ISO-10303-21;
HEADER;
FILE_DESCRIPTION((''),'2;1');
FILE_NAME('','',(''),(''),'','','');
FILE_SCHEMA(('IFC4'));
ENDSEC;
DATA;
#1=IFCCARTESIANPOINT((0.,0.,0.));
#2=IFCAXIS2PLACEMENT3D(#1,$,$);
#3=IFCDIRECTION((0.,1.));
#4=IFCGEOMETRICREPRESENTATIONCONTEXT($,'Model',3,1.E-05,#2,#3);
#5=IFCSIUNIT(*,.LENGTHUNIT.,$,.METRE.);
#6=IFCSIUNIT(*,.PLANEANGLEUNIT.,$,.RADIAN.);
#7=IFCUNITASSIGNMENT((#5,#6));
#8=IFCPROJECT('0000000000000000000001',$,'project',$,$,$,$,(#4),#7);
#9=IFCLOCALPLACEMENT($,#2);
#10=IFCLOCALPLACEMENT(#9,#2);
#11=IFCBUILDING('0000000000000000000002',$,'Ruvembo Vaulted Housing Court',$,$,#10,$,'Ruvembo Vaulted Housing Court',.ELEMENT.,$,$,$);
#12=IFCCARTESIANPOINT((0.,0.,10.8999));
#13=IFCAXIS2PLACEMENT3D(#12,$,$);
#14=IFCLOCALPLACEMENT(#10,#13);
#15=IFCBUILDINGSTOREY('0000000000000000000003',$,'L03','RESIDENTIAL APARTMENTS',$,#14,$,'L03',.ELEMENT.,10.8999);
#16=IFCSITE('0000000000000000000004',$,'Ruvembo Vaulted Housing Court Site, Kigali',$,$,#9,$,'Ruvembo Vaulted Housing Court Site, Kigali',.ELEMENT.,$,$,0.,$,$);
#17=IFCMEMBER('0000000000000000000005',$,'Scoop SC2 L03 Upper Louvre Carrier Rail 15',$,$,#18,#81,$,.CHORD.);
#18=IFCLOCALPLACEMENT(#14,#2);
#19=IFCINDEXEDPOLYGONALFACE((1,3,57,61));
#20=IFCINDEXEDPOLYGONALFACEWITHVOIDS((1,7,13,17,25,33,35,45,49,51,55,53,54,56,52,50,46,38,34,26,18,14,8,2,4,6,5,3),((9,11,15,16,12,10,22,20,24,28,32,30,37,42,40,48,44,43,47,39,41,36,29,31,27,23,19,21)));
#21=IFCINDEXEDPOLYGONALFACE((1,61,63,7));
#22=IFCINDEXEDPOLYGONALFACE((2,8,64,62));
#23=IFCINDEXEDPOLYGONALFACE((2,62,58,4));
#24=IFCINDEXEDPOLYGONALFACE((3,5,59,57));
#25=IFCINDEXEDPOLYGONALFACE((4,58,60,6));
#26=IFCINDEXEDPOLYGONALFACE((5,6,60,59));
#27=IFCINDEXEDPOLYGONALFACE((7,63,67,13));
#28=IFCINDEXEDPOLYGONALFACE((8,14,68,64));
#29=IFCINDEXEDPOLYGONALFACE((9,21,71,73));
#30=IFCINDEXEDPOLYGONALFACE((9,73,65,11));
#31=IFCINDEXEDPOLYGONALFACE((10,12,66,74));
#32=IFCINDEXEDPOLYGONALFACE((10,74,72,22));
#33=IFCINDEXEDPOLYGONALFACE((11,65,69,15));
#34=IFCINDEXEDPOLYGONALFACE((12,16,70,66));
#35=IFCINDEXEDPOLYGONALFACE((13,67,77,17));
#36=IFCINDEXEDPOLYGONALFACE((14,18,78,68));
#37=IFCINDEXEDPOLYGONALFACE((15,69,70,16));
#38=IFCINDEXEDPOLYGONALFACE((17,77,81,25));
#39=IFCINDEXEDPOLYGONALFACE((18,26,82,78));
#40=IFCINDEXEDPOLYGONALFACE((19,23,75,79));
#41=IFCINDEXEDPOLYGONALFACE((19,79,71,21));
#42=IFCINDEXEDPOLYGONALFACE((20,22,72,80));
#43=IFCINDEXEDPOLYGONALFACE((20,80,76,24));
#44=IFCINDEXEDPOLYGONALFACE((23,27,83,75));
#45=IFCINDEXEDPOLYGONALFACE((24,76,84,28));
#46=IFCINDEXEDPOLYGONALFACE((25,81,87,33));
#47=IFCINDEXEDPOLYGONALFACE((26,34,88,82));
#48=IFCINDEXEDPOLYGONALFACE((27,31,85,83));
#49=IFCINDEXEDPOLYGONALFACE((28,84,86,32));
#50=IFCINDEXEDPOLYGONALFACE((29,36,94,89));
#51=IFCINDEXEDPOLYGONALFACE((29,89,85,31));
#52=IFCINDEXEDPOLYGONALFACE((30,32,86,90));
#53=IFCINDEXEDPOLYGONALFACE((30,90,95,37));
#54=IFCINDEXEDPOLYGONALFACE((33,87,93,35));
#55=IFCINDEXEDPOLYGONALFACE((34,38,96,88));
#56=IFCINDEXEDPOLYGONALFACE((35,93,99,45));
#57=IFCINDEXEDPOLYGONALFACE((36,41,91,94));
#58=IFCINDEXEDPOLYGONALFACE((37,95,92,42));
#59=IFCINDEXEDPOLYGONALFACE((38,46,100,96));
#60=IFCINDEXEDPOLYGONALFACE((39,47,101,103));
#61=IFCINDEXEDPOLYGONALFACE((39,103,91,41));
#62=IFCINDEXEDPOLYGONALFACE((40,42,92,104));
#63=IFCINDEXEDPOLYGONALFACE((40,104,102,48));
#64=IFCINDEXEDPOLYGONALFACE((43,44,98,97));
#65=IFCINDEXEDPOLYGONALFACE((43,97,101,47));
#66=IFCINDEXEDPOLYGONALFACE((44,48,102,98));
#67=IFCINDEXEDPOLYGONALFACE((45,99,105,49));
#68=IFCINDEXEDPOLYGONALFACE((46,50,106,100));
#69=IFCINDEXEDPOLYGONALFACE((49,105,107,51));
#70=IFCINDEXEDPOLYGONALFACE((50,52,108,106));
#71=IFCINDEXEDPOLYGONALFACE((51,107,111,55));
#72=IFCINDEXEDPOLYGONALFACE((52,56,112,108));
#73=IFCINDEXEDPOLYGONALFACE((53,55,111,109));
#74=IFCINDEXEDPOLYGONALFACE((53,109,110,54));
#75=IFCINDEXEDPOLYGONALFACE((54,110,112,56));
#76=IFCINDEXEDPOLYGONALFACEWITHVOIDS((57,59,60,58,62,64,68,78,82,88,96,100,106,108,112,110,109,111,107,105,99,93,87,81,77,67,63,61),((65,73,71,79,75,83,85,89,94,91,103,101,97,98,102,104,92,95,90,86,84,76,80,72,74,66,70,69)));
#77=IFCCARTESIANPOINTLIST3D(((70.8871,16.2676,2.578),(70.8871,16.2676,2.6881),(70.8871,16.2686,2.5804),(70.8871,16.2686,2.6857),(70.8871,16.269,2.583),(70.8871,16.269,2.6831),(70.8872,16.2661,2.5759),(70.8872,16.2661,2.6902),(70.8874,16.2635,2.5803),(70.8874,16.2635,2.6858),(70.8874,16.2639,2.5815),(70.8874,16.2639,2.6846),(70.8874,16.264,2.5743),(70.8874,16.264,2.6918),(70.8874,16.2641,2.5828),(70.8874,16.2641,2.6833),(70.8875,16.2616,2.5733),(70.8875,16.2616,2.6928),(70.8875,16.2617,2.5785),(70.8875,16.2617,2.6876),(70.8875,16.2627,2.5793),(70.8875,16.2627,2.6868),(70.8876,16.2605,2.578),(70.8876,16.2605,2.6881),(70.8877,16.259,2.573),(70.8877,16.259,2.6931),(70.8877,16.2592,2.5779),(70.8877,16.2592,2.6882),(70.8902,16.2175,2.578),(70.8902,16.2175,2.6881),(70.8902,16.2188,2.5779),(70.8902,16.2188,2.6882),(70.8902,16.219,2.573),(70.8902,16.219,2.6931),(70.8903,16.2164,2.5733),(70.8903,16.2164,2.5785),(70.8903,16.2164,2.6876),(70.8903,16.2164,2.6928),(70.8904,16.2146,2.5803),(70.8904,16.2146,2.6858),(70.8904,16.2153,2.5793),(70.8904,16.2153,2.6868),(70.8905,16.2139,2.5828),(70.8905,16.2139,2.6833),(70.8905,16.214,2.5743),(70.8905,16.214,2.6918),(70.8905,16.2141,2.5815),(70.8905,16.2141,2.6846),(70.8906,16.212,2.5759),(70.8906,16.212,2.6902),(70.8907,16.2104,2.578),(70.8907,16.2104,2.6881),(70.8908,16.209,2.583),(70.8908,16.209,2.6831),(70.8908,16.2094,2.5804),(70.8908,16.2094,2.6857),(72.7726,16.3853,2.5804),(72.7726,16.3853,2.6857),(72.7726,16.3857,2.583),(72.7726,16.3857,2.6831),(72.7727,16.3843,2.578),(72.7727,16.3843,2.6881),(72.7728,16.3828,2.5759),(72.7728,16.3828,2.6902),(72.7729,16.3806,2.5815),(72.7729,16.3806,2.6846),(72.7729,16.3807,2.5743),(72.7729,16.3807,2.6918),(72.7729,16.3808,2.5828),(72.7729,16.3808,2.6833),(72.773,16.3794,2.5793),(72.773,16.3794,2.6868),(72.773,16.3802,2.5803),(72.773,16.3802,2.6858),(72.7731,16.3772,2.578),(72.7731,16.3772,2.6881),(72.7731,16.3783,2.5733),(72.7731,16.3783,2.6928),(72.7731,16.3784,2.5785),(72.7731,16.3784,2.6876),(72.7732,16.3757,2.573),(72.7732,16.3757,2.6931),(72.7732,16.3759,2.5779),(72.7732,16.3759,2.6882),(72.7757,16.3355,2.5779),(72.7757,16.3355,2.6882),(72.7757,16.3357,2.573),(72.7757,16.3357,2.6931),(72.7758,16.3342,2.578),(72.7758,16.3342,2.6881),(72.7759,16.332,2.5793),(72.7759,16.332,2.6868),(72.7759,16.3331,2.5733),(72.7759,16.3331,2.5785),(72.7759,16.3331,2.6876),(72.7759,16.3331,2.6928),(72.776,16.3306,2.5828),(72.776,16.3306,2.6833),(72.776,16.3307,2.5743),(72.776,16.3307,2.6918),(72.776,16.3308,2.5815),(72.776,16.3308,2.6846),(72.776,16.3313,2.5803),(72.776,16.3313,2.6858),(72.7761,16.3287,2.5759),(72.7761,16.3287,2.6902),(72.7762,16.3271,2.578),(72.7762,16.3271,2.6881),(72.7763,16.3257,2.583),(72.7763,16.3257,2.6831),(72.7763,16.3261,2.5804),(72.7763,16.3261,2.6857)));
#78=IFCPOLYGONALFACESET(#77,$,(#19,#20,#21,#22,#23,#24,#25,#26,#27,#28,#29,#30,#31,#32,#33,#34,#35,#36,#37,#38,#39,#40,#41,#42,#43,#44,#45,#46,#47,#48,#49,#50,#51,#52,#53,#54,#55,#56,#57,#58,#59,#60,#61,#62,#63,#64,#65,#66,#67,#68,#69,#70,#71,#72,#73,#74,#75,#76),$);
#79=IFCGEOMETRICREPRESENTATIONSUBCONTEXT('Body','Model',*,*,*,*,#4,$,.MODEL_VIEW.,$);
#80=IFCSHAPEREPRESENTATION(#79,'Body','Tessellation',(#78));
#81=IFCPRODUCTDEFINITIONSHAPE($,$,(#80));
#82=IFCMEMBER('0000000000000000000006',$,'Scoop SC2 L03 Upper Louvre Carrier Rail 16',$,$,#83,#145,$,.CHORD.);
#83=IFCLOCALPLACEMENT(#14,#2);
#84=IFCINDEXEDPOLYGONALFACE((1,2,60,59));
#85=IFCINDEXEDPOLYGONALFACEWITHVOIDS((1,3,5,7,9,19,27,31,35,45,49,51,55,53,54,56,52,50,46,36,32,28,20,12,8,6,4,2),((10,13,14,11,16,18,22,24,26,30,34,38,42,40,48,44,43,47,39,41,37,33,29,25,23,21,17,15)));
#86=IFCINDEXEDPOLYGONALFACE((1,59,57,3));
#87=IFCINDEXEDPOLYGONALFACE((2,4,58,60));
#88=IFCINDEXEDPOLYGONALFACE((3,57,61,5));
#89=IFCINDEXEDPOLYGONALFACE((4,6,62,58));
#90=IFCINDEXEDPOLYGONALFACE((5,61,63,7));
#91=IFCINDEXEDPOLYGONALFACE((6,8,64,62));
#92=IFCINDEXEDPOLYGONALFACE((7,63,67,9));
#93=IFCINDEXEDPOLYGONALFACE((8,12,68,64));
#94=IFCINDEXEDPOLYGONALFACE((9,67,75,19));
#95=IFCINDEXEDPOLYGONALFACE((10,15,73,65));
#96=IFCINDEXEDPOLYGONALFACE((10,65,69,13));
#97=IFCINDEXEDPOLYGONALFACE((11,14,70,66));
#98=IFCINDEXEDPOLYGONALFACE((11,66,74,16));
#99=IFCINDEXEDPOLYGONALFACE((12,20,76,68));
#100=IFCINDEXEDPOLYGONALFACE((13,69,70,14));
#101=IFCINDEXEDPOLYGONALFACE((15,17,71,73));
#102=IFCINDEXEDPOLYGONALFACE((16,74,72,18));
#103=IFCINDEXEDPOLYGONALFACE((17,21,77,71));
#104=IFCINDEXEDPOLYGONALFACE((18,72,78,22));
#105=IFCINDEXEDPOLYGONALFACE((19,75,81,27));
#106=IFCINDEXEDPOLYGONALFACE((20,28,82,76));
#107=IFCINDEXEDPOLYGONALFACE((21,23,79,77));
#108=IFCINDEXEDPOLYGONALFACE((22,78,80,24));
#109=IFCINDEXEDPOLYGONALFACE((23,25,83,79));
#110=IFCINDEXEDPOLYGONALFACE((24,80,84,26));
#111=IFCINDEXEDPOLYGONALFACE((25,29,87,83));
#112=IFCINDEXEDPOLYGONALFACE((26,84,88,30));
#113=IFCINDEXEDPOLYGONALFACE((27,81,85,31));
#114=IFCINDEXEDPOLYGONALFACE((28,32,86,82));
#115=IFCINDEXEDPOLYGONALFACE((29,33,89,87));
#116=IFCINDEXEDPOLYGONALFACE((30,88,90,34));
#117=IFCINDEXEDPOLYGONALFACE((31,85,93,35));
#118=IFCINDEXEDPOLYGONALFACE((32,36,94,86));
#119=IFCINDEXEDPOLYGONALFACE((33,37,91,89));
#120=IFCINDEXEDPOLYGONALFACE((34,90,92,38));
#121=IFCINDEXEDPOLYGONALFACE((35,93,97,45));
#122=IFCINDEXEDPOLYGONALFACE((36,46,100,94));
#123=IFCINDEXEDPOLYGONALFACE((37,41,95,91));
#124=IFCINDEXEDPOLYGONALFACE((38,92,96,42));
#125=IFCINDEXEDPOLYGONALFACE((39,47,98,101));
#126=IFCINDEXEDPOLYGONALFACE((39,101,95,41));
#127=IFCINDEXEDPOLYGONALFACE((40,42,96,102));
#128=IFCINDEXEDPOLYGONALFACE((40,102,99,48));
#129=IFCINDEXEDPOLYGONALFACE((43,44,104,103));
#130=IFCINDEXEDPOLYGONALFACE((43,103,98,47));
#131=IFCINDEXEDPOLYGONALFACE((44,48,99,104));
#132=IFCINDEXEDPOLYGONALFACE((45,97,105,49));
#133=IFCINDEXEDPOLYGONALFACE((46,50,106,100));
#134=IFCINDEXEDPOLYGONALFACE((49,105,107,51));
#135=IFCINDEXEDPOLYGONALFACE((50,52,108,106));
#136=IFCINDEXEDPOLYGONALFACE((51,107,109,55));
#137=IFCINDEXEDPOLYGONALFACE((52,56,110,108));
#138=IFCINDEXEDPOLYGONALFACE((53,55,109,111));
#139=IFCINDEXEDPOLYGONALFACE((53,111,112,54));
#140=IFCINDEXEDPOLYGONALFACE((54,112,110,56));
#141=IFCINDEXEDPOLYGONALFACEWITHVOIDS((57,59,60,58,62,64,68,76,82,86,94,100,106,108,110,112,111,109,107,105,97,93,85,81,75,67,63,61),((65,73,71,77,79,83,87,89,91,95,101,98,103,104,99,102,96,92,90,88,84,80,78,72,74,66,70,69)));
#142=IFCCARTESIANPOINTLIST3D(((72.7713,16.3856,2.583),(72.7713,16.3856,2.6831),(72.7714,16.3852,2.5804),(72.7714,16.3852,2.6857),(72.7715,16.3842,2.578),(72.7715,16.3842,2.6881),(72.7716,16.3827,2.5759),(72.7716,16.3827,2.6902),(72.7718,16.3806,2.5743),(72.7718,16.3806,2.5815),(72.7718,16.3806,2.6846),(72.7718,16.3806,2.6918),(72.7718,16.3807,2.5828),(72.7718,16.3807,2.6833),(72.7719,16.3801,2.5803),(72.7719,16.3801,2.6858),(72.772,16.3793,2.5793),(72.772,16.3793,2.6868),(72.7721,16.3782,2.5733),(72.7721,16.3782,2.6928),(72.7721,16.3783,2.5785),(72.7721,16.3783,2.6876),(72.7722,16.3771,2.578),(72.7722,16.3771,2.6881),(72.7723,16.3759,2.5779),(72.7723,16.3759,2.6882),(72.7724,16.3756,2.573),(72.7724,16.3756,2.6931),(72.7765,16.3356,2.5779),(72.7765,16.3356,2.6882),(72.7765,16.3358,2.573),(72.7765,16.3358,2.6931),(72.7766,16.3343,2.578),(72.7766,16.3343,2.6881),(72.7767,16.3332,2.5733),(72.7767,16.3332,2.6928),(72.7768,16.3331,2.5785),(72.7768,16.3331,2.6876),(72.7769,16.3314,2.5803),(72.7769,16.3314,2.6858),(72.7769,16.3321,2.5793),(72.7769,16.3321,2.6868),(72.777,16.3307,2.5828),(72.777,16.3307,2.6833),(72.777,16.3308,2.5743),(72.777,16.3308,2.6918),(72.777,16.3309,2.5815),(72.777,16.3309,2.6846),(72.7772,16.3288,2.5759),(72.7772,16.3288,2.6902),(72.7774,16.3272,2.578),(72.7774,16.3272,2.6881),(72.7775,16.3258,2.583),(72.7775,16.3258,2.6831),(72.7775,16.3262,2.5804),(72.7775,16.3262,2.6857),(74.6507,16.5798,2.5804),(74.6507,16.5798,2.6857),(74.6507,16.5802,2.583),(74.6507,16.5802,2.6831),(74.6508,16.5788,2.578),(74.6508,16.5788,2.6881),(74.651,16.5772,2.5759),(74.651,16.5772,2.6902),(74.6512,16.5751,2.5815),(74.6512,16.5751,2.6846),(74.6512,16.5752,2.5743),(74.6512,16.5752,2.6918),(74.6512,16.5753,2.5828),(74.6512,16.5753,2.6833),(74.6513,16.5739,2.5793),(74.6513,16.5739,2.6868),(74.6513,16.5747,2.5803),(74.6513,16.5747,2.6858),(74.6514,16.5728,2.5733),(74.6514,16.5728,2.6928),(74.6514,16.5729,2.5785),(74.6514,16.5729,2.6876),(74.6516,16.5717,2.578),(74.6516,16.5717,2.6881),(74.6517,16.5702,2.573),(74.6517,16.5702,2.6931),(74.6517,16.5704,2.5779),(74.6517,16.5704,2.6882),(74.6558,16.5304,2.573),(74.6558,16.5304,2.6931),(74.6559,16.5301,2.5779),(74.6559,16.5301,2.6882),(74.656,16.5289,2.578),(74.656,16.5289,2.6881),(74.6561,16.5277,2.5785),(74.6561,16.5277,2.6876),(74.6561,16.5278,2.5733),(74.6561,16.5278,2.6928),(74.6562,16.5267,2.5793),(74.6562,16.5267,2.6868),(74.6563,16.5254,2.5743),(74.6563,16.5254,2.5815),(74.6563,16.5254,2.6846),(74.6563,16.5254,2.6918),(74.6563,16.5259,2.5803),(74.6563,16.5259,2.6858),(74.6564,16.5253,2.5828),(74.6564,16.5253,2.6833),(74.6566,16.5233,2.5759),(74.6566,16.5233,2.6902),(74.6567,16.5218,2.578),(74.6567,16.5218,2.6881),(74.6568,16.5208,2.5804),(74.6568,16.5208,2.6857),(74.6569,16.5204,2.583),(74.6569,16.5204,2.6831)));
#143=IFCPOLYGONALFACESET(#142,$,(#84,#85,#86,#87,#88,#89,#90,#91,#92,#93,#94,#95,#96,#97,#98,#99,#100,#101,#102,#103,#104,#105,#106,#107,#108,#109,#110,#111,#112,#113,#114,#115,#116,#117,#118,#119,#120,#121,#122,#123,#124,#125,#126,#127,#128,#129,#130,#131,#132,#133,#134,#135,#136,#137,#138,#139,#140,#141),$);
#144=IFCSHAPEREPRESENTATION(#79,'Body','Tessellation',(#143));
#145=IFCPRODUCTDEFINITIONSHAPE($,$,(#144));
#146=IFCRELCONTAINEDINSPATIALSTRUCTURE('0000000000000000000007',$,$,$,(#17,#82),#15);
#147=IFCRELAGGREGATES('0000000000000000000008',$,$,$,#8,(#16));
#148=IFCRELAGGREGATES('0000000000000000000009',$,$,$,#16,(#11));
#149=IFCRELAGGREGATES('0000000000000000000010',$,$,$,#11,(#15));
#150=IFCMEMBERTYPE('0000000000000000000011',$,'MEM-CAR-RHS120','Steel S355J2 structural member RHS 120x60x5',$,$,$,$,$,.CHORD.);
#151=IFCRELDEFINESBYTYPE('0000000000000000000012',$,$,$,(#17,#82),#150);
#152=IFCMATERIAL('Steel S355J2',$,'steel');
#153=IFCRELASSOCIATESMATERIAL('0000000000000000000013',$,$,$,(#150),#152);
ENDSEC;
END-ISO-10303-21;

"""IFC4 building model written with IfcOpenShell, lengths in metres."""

from ifc_helpers import new_model, si_unit, direction, frame, origin, origin_2d, place, context, subcontext, project, spatial, hollow_rectangle, extrude, material, material_profile, profile_set, type_object, element, save


model = new_model("IFC4")

# Units and contexts
model_context = context("Model", 3, precision=1e-05, world=origin(), true_north=direction((0.0, 1.0)))
body_context = subcontext(model_context, "Body", "Model", "MODEL_VIEW")
ifc_project = project(units=[si_unit("LENGTHUNIT", "METRE"), si_unit("PLANEANGLEUNIT", "RADIAN")], contexts=[model_context])

# Site, building, storey
site_placement = place(None, origin())
site = spatial("IfcSite", under=ifc_project, at=site_placement, Name="Ruvembo Vaulted Housing Court Site, Kigali", LongName="Ruvembo Vaulted Housing Court Site, Kigali", CompositionType="ELEMENT", RefElevation=0.0)
building_placement = place(site_placement, origin())
building = spatial("IfcBuilding", under=site, at=building_placement, Name="Ruvembo Vaulted Housing Court", LongName="Ruvembo Vaulted Housing Court", CompositionType="ELEMENT")
storey_placement = place(building_placement, frame((0.0, 0.0, 10.8999)))
storey = spatial("IfcBuildingStorey", under=building, at=storey_placement, Name="L03", Description="RESIDENTIAL APARTMENTS", LongName="L03", CompositionType="ELEMENT", Elevation=10.8999)

# Shared definitions
ifc_material_1 = material(Name="Steel S355J2", Category="steel")

# Members
ifc_material_profile_1 = material_profile(ifc_material_1, hollow_rectangle(XDim=0.0601, YDim=0.1201, WallThickness=0.0049, InnerFilletRadius=0.0049, OuterFilletRadius=0.01, at=origin_2d()), Name="RHS 120x60x5")
ifc_profile_set_1 = profile_set([ifc_material_profile_1], Name="Steel S355J2")
member_type_1 = type_object("IfcMemberType", Name="MEM-CAR-RHS120", Description="Steel S355J2 structural member RHS 120x60x5", PredefinedType="CHORD", material=ifc_profile_set_1)
member_1_placement = place(storey_placement, frame((70.8889, 16.239, 2.6331), z_axis=(0.99809, 0.061775, 0.0), x_axis=(-0.061775, 0.99809, 0.0)))
element("IfcMember", 1, at=member_1_placement, inside=storey, type_object=member_type_1, Name="Scoop SC2 L03 Upper Louvre Carrier Rail 15", PredefinedType="CHORD", context=body_context, shape_type="SweptSolid", body=[
    extrude(hollow_rectangle(XDim=0.0601, YDim=0.1201, WallThickness=0.0049, InnerFilletRadius=0.0049, OuterFilletRadius=0.01, at=origin_2d()), origin(), (0.0, 0.0, 1.0), 1.8892),
])
member_2_placement = place(storey_placement, frame((72.7744, 16.3557, 2.6331), z_axis=(0.994683, 0.102983, 0.0), x_axis=(-0.102983, 0.994683, 0.0)))
element("IfcMember", 2, at=member_2_placement, inside=storey, type_object=member_type_1, Name="Scoop SC2 L03 Upper Louvre Carrier Rail 16", PredefinedType="CHORD", context=body_context, shape_type="SweptSolid", body=[
    extrude(hollow_rectangle(XDim=0.0601, YDim=0.1201, WallThickness=0.0049, InnerFilletRadius=0.0049, OuterFilletRadius=0.01, at=origin_2d()), origin(), (0.0, 0.0, 1.0), 1.8894),
])

save(model, "model.ifc")
